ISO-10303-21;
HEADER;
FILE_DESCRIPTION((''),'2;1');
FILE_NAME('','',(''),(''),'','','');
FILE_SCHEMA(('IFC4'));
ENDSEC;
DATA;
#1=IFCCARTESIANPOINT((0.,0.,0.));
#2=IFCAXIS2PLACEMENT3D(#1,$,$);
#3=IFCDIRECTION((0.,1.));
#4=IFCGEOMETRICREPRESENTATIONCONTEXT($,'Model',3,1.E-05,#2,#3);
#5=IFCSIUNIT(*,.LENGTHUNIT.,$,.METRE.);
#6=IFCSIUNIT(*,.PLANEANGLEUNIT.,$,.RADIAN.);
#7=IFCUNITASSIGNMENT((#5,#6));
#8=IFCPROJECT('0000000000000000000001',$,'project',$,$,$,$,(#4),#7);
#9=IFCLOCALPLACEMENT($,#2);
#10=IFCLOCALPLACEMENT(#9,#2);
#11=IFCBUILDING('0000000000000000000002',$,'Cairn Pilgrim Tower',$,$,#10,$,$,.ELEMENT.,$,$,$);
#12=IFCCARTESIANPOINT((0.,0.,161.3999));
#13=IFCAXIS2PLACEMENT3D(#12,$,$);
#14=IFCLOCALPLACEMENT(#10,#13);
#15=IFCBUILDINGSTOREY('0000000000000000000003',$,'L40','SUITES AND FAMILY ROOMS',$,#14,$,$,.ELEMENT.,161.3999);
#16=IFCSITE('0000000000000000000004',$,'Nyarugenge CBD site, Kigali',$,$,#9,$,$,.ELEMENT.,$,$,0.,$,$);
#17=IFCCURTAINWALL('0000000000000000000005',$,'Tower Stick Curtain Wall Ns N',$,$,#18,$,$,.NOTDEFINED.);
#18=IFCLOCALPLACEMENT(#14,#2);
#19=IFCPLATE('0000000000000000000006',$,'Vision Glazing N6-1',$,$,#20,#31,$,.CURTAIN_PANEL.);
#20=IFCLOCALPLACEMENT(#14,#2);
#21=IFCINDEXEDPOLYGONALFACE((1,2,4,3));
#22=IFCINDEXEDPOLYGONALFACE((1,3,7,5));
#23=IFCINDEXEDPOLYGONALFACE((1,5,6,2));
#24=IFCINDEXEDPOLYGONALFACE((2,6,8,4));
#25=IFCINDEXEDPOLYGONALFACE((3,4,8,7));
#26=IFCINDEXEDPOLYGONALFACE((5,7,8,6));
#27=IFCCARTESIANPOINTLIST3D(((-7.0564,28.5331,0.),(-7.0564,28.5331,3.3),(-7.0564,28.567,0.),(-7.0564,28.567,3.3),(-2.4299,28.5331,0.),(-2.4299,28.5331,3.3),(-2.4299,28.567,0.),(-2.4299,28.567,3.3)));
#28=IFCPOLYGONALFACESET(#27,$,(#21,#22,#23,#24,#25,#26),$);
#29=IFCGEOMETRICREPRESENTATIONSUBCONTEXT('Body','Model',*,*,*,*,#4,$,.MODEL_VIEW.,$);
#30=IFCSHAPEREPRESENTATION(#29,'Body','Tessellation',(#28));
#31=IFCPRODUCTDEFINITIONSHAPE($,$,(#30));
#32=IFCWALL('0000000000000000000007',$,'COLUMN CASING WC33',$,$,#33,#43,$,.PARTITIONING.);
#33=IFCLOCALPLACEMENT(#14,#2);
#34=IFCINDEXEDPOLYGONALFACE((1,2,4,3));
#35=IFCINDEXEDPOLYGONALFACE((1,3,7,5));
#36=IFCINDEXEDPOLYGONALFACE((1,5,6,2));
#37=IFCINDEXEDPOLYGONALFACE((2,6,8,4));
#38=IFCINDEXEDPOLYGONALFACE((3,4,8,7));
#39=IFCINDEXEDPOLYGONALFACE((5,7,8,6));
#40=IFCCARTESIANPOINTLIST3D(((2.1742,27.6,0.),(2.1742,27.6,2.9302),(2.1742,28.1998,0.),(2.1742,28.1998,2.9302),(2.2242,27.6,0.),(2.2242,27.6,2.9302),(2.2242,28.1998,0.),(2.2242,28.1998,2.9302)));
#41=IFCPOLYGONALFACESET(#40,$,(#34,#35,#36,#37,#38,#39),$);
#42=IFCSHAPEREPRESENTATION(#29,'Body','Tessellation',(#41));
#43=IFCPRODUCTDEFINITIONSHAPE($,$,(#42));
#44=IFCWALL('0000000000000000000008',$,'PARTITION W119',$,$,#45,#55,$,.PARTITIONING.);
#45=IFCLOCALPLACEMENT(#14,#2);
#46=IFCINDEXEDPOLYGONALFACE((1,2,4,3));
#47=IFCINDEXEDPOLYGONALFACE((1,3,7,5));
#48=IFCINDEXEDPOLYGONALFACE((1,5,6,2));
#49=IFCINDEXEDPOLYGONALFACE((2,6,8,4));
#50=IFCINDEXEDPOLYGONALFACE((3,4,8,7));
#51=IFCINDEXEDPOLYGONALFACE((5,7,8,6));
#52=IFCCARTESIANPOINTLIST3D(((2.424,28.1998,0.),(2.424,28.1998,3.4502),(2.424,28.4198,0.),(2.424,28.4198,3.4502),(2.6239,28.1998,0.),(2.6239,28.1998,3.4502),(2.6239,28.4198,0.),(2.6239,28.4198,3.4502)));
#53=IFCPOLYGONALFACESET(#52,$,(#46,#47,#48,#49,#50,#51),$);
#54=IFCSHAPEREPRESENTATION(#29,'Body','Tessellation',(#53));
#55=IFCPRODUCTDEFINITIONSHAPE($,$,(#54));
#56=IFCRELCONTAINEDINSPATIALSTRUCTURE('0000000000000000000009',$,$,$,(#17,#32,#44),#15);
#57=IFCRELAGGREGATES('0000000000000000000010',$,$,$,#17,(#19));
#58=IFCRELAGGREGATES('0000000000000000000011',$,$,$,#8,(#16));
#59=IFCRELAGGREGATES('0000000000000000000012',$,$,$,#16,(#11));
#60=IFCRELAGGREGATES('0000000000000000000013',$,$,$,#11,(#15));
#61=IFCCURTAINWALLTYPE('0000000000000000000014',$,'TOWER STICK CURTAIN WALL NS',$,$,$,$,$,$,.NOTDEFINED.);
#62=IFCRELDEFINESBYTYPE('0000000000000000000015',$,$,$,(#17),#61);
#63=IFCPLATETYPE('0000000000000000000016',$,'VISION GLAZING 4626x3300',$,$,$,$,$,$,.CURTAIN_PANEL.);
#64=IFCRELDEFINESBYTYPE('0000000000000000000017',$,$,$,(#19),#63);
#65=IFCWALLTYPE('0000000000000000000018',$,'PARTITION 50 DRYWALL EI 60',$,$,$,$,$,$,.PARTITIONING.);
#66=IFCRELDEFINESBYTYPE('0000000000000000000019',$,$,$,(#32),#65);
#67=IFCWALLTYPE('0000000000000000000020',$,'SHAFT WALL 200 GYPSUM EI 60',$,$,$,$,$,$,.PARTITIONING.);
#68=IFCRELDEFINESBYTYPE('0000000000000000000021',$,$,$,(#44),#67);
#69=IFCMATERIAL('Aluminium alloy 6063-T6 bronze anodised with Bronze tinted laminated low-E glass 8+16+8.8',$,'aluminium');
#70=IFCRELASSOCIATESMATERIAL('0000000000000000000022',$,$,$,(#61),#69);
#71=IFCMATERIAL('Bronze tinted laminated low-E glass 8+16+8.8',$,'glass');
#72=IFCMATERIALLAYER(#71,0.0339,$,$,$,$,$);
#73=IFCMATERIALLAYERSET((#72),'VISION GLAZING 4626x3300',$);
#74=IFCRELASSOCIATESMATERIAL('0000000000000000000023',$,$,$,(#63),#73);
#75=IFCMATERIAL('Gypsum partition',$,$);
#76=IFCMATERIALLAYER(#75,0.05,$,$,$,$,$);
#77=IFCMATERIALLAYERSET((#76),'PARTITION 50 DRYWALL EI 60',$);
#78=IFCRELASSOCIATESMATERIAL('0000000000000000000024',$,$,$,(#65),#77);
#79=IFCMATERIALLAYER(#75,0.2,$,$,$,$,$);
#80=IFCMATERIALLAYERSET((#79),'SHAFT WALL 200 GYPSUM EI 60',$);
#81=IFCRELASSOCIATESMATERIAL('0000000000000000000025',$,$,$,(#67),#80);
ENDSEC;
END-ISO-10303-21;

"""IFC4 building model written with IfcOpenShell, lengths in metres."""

from ifc_helpers import new_model, si_unit, direction, frame, frame_2d, origin, origin_2d, place, context, subcontext, project, spatial, rectangle, extrude, material, layer, layer_set, type_object, element, aggregate, save


model = new_model("IFC4")

# Units and contexts
model_context = context("Model", 3, precision=1e-05, world=origin(), true_north=direction((0.0, 1.0)))
body_context = subcontext(model_context, "Body", "Model", "MODEL_VIEW")
ifc_project = project(units=[si_unit("LENGTHUNIT", "METRE"), si_unit("PLANEANGLEUNIT", "RADIAN")], contexts=[model_context])

# Site, building, storey
site_placement = place(None, origin())
site = spatial("IfcSite", under=ifc_project, at=site_placement, Name="Nyarugenge CBD site, Kigali", CompositionType="ELEMENT", RefElevation=0.0)
building_placement = place(site_placement, origin())
building = spatial("IfcBuilding", under=site, at=building_placement, Name="Cairn Pilgrim Tower", CompositionType="ELEMENT")
storey_placement = place(building_placement, frame((0.0, 0.0, 161.3999)))
storey = spatial("IfcBuildingStorey", under=building, at=storey_placement, Name="L40", Description="SUITES AND FAMILY ROOMS", CompositionType="ELEMENT", Elevation=161.3999)

# Curtain wall
ifc_material_1 = material(Name="Aluminium alloy 6063-T6 bronze anodised with Bronze tinted laminated low-E glass 8+16+8.8", Category="aluminium")
curtain_wall_type_1 = type_object("IfcCurtainWallType", Name="TOWER STICK CURTAIN WALL NS", PredefinedType="NOTDEFINED", material=ifc_material_1)
curtain_wall_1_placement = place(storey_placement, origin())
curtain_wall_1 = element("IfcCurtainWall", 1, at=curtain_wall_1_placement, inside=storey, type_object=curtain_wall_type_1, Name="Tower Stick Curtain Wall Ns N", PredefinedType="NOTDEFINED")

# Plate
ifc_material_2 = material(Name="Bronze tinted laminated low-E glass 8+16+8.8", Category="glass")
ifc_layer_1 = layer(ifc_material_2, 0.0339)
ifc_layer_set_1 = layer_set([ifc_layer_1], Name="VISION GLAZING 4626x3300")
plate_type = type_object("IfcPlateType", Name="VISION GLAZING 4626x3300", PredefinedType="CURTAIN_PANEL", material=ifc_layer_set_1)
plate_placement = place(storey_placement, frame((-4.7432, 28.55, 0.0), z_axis=(0.0, 0.0, 1.0), x_axis=(-1.0, 0.0, 0.0)))
plate = element("IfcPlate", 2, at=plate_placement, type_object=plate_type, Name="Vision Glazing N6-1", PredefinedType="CURTAIN_PANEL", context=body_context, shape_type="SweptSolid", body=[
    extrude(rectangle(XDim=4.6265, YDim=0.0339, at=origin_2d()), origin(), (0.0, 0.0, 1.0), 3.3),
])
aggregate(curtain_wall_1, [plate])

# Walls
ifc_material_3 = material(Name="Gypsum partition")
ifc_layer_2 = layer(ifc_material_3, 0.05)
ifc_layer_set_2 = layer_set([ifc_layer_2], Name="PARTITION 50 DRYWALL EI 60")
wall_type_1 = type_object("IfcWallType", Name="PARTITION 50 DRYWALL EI 60", PredefinedType="PARTITIONING", material=ifc_layer_set_2)
wall_1_placement = place(storey_placement, frame((2.1992, 27.6001, 0.0), z_axis=(0.0, 0.0, 1.0), x_axis=(0.0, 1.0, 0.0)))
element("IfcWall", 3, at=wall_1_placement, inside=storey, type_object=wall_type_1, Name="COLUMN CASING WC33", PredefinedType="PARTITIONING", context=body_context, shape_type="SweptSolid", body=[
    extrude(rectangle(XDim=0.5999, YDim=0.05, at=frame_2d((0.2998, 0.0))), origin(), (0.0, 0.0, 1.0), 2.9302),
])
ifc_layer_3 = layer(ifc_material_3, 0.2)
ifc_layer_set_3 = layer_set([ifc_layer_3], Name="SHAFT WALL 200 GYPSUM EI 60")
wall_type_2 = type_object("IfcWallType", Name="SHAFT WALL 200 GYPSUM EI 60", PredefinedType="PARTITIONING", material=ifc_layer_set_3)
wall_2_placement = place(storey_placement, frame((2.5239, 28.2, 0.0), z_axis=(0.0, 0.0, 1.0), x_axis=(0.0, 1.0, 0.0)))
element("IfcWall", 4, at=wall_2_placement, inside=storey, type_object=wall_type_2, Name="PARTITION W119", PredefinedType="PARTITIONING", context=body_context, shape_type="SweptSolid", body=[
    extrude(rectangle(XDim=0.22, YDim=0.2, at=frame_2d((0.1099, 0.0))), origin(), (0.0, 0.0, 1.0), 3.4502),
])

save(model, "model.ifc")
